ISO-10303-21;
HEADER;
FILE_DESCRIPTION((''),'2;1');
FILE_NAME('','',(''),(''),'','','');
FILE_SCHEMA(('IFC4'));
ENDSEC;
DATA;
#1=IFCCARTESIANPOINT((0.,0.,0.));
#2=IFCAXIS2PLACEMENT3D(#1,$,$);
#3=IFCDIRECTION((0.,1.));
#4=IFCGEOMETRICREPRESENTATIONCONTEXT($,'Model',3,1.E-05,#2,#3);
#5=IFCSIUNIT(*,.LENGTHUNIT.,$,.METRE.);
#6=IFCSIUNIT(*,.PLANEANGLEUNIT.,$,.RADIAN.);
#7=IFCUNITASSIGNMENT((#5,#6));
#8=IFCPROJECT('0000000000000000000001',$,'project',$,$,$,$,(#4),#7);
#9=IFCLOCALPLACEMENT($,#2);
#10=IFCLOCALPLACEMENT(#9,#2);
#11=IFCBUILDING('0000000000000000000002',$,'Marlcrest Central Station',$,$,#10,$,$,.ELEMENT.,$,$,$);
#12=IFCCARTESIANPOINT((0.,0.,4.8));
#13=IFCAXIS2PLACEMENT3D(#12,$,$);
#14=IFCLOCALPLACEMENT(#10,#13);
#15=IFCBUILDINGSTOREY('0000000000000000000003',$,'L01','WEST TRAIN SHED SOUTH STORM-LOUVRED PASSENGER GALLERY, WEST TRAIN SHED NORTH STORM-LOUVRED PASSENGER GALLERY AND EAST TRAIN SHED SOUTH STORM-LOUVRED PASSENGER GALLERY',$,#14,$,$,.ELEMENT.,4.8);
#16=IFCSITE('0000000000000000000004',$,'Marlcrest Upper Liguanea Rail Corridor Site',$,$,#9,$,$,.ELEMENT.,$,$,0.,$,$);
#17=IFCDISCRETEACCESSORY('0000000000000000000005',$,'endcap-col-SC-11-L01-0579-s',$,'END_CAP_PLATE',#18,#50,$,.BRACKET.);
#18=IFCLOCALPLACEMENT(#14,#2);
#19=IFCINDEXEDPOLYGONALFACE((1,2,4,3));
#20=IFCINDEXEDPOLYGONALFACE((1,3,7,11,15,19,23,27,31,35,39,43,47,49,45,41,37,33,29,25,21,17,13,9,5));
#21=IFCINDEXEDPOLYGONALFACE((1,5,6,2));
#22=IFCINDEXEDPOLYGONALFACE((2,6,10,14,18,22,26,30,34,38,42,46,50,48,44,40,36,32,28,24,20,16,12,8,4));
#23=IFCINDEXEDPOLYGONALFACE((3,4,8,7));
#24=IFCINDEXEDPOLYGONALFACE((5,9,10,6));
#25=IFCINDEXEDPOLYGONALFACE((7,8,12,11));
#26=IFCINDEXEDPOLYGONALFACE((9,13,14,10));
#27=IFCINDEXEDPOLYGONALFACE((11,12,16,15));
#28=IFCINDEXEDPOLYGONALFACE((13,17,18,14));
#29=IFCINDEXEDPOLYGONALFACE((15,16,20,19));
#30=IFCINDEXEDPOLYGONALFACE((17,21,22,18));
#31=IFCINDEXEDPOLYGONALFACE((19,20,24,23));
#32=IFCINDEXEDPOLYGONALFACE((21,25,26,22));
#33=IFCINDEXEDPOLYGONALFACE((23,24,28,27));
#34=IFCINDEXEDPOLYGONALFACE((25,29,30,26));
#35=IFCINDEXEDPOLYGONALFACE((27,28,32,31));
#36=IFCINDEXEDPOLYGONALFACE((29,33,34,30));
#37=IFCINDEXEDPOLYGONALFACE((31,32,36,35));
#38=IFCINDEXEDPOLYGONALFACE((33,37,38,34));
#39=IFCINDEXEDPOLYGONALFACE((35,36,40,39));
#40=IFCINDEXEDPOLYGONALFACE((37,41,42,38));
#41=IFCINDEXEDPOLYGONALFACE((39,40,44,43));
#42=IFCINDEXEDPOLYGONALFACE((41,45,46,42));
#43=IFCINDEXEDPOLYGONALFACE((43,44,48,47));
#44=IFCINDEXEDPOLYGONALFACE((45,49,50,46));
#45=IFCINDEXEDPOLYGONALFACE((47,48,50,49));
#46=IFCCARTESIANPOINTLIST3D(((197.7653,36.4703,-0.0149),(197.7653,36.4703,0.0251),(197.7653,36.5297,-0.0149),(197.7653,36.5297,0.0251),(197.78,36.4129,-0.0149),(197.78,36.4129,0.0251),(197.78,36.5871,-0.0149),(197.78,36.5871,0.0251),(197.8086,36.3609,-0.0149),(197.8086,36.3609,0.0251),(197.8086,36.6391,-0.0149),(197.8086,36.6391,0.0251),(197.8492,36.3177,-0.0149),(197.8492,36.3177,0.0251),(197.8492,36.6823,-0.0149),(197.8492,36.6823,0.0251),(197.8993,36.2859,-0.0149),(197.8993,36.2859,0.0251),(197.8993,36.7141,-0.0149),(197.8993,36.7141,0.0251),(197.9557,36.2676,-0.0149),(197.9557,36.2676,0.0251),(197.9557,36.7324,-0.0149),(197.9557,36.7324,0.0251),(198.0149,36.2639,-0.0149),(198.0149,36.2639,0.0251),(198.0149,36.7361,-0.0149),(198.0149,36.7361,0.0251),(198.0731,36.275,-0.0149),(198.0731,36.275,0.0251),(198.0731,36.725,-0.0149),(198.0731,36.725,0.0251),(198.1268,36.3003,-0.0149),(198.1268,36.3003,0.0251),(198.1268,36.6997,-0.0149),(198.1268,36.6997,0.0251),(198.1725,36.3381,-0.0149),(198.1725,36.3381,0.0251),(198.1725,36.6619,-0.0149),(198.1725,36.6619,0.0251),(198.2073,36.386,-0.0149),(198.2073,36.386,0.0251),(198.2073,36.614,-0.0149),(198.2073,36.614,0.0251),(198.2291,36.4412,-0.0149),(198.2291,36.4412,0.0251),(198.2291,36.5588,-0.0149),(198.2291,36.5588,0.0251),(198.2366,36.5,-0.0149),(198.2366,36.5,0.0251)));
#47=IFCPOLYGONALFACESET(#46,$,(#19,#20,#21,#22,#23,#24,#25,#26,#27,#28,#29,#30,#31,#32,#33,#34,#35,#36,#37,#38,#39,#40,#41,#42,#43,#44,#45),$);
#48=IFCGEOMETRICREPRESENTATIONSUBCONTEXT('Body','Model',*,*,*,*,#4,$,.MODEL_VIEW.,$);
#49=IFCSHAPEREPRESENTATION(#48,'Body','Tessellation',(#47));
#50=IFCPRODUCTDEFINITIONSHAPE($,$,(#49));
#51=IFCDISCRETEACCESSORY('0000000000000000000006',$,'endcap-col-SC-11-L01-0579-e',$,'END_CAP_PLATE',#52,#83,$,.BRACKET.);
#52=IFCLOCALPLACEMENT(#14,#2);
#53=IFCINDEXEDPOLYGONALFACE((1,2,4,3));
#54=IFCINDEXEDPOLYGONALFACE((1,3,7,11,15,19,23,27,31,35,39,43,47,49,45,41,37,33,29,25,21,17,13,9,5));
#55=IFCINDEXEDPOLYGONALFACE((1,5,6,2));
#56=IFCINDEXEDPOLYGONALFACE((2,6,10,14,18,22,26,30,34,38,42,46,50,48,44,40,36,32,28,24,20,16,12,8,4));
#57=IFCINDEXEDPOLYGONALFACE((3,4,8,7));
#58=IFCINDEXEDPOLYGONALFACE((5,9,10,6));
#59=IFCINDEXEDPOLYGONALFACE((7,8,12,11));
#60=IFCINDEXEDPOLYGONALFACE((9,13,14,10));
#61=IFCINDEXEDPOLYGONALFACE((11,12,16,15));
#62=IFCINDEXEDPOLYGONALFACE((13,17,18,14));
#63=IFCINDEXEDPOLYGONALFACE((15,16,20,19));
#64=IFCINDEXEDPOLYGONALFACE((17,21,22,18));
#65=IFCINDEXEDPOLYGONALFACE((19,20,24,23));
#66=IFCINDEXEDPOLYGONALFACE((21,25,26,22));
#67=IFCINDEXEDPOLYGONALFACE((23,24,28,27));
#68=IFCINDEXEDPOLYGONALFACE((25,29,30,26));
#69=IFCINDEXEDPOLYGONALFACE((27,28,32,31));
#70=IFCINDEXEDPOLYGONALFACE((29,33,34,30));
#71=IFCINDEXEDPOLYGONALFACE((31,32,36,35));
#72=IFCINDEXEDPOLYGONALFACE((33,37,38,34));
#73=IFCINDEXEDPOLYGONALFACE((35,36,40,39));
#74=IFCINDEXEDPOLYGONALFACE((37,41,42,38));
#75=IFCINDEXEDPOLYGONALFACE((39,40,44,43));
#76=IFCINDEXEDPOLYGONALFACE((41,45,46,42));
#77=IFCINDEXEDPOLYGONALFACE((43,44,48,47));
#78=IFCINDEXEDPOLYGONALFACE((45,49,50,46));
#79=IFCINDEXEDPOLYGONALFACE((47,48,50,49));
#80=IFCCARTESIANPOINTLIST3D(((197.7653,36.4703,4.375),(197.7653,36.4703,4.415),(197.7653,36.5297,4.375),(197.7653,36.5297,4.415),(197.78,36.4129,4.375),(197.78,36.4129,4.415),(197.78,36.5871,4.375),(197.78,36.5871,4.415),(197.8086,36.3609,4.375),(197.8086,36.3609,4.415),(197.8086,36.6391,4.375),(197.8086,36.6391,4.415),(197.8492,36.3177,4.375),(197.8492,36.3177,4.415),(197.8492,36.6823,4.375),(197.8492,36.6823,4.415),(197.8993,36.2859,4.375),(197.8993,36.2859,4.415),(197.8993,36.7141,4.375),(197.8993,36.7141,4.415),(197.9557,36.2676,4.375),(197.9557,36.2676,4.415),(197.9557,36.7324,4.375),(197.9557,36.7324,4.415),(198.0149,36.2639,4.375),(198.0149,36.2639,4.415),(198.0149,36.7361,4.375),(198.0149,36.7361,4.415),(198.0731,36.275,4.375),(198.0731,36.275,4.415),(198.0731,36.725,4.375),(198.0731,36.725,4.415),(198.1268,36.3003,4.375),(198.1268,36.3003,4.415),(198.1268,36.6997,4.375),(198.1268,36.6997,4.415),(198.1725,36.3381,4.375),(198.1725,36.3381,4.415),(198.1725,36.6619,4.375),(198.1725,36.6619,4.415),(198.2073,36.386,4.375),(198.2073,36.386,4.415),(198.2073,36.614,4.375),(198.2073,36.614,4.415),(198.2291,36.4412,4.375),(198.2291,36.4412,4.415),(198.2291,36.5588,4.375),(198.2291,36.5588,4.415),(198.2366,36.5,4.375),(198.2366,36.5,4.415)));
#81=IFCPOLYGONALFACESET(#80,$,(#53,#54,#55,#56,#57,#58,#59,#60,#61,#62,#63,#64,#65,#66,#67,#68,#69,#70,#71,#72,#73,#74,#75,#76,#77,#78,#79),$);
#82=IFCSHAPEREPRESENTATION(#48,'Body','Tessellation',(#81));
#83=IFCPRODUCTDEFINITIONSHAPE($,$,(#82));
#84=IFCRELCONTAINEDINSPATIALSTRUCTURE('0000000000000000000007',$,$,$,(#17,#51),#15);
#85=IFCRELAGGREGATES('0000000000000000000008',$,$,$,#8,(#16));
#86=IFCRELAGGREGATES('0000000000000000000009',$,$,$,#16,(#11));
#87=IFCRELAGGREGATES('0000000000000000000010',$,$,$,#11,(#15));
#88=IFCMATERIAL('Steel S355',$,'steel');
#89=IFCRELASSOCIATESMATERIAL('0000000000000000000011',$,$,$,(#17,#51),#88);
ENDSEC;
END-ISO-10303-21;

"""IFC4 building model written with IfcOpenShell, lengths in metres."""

from ifc_helpers import new_model, si_unit, direction, frame, origin, origin_2d, place, context, subcontext, project, spatial, circle, extrude, material, element, save


model = new_model("IFC4")

# Units and contexts
model_context = context("Model", 3, precision=1e-05, world=origin(), true_north=direction((0.0, 1.0)))
body_context = subcontext(model_context, "Body", "Model", "MODEL_VIEW")
ifc_project = project(units=[si_unit("LENGTHUNIT", "METRE"), si_unit("PLANEANGLEUNIT", "RADIAN")], contexts=[model_context])

# Site, building, storey
site_placement = place(None, origin())
site = spatial("IfcSite", under=ifc_project, at=site_placement, Name="Marlcrest Upper Liguanea Rail Corridor Site", CompositionType="ELEMENT", RefElevation=0.0)
building_placement = place(site_placement, origin())
building = spatial("IfcBuilding", under=site, at=building_placement, Name="Marlcrest Central Station", CompositionType="ELEMENT")
storey_placement = place(building_placement, frame((0.0, 0.0, 4.8)))
storey = spatial("IfcBuildingStorey", under=building, at=storey_placement, Name="L01", Description="WEST TRAIN SHED SOUTH STORM-LOUVRED PASSENGER GALLERY, WEST TRAIN SHED NORTH STORM-LOUVRED PASSENGER GALLERY AND EAST TRAIN SHED SOUTH STORM-LOUVRED PASSENGER GALLERY", CompositionType="ELEMENT", Elevation=4.8)

# Shared definitions
ifc_material_1 = material(Name="Steel S355", Category="steel")

# Discrete accessories
for number, where, z_axis, x_axis, name in (
    (1, (198.0, 36.5, -0.0149), (0.0, 0.0, 1.0), (1.0, 0.0, 0.0), "endcap-col-SC-11-L01-0579-s"),
    (2, (198.0, 36.5, 4.375), (0.0, 0.0, 1.0), (1.0, 0.0, 0.0), "endcap-col-SC-11-L01-0579-e"),
):
    element("IfcDiscreteAccessory", number, at=place(storey_placement, frame(where, z_axis=z_axis, x_axis=x_axis)), inside=storey, material=ifc_material_1, Name=name, ObjectType="END_CAP_PLATE", PredefinedType="BRACKET", context=body_context, shape_type="SweptSolid", body=[
        extrude(circle(Radius=0.2366, at=origin_2d()), origin(), (0.0, 0.0, 1.0), 0.04),
    ])

save(model, "model.ifc")
